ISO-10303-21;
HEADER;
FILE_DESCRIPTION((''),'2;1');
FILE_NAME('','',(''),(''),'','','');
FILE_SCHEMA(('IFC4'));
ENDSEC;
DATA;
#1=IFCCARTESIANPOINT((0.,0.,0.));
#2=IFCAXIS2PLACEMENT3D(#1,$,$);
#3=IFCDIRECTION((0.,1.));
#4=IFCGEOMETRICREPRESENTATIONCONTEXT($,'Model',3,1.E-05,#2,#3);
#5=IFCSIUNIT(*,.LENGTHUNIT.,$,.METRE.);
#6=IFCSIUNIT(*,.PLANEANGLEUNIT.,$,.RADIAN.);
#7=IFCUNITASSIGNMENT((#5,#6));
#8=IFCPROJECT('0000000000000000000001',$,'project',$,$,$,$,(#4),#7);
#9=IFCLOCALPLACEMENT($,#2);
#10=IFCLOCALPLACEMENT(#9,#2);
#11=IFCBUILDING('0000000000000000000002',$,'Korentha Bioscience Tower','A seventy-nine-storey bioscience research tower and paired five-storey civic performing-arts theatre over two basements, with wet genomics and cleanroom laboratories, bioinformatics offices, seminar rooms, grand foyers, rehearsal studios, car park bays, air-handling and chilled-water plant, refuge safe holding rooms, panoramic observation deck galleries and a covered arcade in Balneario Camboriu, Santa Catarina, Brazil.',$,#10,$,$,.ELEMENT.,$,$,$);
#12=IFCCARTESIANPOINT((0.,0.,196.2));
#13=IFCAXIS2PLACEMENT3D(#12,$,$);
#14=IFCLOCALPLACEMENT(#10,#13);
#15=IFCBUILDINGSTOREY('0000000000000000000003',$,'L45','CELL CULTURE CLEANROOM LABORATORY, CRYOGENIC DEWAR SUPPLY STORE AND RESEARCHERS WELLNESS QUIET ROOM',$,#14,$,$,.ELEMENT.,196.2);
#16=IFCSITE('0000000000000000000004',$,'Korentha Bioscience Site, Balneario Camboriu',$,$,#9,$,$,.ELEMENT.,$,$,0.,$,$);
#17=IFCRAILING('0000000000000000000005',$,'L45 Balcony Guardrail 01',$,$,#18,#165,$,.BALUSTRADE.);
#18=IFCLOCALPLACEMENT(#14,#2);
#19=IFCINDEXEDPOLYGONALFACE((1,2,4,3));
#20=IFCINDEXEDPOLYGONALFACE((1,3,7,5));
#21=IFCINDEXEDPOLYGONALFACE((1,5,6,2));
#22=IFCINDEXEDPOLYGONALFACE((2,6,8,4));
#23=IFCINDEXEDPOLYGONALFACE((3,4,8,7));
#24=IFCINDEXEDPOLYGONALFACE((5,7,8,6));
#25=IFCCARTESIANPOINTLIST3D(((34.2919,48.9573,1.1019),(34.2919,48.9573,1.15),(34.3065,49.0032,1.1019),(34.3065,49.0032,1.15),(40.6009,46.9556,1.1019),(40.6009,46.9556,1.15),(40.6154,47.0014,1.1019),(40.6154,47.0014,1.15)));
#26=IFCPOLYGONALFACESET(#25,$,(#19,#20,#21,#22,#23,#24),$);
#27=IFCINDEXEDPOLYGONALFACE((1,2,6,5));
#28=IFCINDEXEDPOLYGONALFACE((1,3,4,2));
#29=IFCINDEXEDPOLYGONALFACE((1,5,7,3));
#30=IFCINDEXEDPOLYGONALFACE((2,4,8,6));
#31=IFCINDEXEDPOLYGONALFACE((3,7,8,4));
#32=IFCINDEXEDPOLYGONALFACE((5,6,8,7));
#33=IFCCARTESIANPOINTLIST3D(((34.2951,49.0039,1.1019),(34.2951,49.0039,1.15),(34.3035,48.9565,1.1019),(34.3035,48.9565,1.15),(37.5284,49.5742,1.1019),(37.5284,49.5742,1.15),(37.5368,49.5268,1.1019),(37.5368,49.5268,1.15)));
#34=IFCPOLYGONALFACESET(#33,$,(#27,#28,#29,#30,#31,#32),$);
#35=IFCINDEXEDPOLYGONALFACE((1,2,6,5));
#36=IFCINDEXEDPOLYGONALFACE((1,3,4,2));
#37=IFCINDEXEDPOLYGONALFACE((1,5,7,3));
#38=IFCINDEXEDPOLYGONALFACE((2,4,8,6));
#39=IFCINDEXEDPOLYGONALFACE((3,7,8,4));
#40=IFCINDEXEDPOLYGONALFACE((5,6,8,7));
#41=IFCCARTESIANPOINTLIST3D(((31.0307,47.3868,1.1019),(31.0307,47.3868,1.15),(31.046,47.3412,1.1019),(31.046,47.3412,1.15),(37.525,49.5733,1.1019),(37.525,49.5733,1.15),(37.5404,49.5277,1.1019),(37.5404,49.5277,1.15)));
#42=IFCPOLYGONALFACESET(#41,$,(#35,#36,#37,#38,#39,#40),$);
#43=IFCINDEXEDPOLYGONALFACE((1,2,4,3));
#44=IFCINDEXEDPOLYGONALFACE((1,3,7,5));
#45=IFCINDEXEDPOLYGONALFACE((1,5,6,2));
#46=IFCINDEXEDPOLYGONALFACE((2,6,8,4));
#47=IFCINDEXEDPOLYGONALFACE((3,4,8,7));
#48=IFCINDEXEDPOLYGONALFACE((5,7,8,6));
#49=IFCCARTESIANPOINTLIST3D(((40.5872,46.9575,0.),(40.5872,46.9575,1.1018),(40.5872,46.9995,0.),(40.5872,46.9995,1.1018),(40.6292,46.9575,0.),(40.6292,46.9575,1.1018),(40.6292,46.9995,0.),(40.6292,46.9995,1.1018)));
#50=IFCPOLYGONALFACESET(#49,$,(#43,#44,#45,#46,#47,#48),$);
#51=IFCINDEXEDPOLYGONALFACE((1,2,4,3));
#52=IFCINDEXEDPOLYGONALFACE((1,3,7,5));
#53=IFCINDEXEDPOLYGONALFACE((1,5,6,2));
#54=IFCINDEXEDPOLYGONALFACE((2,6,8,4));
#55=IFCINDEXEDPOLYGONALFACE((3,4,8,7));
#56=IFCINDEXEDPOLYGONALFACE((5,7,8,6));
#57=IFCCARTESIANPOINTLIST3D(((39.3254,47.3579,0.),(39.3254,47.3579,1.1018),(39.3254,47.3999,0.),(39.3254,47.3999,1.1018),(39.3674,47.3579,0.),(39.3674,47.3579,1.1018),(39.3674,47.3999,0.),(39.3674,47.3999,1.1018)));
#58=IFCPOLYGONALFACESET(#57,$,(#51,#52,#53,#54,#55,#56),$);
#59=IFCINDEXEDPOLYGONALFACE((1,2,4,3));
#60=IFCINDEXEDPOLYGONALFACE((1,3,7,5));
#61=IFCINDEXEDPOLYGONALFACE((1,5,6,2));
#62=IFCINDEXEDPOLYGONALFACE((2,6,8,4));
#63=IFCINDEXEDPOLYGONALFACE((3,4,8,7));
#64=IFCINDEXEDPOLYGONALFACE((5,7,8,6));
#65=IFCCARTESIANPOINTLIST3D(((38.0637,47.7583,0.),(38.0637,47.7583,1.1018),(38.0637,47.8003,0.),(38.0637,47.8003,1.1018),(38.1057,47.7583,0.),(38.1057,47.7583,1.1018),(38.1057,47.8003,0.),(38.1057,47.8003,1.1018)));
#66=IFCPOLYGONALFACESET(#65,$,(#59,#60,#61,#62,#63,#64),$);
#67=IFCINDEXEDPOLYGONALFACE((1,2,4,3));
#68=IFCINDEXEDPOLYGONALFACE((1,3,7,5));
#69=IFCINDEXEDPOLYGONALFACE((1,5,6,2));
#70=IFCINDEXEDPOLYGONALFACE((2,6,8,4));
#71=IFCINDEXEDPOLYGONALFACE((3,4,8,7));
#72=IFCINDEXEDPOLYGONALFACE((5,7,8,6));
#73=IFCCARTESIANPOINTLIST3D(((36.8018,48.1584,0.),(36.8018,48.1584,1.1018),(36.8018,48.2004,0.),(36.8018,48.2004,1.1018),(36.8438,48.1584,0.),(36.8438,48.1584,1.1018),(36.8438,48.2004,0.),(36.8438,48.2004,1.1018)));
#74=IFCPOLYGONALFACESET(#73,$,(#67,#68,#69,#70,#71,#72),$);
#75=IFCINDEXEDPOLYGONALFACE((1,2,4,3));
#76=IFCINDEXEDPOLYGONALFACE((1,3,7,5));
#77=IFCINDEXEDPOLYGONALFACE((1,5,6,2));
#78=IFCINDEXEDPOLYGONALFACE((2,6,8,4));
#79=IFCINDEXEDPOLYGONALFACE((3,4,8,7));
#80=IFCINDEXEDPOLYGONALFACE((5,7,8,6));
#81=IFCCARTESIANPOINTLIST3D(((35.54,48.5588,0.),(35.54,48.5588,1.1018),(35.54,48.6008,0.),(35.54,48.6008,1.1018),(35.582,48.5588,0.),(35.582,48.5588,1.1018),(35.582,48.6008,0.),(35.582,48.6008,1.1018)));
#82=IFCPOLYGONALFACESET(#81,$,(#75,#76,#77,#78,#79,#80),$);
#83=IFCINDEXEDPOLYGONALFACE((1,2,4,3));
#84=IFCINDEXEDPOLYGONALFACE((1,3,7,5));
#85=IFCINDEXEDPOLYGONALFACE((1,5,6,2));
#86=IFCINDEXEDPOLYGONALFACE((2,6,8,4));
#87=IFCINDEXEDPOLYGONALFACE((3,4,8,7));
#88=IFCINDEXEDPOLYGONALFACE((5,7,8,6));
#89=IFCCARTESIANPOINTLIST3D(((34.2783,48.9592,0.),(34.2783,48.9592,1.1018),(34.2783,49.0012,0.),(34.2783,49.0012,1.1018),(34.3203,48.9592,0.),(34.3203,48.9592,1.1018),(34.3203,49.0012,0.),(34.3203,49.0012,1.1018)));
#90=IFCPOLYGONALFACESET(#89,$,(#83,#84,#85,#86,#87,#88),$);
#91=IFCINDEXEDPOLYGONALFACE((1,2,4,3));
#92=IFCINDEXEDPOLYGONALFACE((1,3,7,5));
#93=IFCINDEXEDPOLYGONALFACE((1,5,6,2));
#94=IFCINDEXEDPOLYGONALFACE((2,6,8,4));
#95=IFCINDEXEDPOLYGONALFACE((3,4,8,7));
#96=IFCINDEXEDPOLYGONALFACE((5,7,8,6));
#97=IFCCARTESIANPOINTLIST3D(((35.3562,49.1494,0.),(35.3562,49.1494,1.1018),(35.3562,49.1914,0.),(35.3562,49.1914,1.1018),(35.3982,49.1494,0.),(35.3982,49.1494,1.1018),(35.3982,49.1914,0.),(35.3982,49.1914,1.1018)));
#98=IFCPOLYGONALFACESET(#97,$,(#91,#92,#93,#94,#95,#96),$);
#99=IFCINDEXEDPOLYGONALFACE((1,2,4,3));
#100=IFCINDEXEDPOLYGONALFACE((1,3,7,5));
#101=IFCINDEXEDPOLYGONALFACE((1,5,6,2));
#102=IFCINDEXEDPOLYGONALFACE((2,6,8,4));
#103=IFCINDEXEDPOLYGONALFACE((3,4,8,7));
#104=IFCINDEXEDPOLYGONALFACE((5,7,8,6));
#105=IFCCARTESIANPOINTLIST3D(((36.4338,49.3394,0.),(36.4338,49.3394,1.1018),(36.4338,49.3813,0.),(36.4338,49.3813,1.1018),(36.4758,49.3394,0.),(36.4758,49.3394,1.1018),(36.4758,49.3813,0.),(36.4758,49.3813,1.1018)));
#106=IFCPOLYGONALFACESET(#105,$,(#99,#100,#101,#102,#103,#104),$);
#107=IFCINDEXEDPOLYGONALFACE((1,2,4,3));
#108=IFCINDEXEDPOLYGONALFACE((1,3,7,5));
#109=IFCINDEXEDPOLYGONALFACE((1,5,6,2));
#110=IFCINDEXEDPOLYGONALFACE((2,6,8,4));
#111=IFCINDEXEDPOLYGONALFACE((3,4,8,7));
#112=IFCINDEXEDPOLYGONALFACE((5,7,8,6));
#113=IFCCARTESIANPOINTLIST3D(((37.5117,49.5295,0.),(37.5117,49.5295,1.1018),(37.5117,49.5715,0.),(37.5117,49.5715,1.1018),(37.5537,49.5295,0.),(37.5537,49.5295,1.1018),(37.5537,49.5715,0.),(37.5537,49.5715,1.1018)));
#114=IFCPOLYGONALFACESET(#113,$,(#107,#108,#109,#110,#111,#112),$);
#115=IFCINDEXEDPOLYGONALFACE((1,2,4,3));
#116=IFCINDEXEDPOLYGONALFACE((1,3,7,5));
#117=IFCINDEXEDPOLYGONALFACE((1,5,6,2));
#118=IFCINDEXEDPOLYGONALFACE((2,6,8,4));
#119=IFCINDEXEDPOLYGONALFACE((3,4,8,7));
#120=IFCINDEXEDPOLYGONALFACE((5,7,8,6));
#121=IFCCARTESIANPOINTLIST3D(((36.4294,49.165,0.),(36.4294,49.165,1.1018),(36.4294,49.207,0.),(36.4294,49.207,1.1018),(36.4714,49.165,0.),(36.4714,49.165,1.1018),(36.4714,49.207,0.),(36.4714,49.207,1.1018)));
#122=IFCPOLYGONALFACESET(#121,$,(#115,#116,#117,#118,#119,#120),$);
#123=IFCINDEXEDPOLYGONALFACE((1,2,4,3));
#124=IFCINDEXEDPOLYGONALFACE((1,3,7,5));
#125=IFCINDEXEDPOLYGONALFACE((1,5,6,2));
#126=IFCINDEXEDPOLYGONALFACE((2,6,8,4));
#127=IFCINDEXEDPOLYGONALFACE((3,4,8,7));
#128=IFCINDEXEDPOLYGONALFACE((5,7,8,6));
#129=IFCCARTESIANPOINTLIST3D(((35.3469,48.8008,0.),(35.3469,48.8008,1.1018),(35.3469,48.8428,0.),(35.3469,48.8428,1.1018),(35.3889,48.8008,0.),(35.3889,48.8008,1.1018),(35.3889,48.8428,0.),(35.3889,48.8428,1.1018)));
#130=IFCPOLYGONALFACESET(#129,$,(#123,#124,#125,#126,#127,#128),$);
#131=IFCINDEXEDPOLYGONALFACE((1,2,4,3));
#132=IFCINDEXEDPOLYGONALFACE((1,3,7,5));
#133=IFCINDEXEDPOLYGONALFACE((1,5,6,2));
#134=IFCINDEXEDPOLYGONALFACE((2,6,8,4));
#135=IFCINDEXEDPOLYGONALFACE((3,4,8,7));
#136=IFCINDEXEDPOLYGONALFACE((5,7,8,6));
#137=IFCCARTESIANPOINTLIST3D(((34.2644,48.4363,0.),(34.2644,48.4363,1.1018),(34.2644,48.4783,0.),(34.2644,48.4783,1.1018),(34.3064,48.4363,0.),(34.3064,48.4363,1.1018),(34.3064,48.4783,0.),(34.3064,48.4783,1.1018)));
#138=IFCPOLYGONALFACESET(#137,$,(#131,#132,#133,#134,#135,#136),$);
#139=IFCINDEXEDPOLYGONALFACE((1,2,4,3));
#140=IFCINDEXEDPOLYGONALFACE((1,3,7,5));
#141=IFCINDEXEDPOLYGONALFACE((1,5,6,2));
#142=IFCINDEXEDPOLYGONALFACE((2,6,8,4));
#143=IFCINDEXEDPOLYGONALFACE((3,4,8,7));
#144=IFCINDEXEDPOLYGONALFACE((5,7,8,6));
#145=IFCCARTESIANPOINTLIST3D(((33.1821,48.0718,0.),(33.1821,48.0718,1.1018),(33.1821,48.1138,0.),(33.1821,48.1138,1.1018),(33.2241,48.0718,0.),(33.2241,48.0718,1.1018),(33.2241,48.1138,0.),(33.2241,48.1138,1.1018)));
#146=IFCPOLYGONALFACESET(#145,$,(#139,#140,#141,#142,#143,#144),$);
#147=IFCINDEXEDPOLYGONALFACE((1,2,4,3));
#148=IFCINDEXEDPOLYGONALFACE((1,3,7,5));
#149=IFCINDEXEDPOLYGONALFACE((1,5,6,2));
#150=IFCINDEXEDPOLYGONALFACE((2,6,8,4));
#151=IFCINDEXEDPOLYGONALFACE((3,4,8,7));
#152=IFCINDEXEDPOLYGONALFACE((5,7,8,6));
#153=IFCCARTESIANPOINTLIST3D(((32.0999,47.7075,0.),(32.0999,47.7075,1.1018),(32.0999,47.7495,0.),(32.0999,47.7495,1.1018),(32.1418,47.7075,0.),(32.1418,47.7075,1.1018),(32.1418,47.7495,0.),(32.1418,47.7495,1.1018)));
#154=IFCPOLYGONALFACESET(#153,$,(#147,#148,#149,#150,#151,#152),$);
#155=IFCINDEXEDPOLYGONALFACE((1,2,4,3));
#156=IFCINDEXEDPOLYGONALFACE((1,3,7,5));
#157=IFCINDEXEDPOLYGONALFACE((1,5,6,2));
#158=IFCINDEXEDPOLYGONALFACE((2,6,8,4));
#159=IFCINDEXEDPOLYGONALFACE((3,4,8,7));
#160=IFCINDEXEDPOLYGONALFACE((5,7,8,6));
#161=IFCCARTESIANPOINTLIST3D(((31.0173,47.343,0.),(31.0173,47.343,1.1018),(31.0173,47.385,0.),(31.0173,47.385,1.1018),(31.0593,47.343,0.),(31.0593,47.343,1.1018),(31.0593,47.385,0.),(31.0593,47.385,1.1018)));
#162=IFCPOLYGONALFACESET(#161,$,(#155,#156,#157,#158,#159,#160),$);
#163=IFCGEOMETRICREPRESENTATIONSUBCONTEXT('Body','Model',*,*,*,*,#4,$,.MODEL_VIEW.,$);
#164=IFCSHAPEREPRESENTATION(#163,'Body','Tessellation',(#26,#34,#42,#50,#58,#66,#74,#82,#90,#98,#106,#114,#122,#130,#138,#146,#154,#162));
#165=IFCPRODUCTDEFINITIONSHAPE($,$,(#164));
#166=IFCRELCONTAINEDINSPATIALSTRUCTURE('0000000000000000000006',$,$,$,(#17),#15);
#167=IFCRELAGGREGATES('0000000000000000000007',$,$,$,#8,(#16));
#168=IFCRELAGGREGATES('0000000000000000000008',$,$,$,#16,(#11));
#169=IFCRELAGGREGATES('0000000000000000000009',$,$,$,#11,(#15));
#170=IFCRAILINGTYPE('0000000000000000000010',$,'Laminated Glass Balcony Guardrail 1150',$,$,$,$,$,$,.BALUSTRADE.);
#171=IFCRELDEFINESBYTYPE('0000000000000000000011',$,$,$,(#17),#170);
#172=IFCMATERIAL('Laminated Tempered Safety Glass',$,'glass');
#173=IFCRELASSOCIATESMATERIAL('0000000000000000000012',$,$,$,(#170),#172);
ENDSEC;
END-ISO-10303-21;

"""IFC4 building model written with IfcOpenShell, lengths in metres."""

from ifc_helpers import new_model, si_unit, direction, frame, origin, origin_2d, place, context, subcontext, project, spatial, rectangle, extrude, material, type_object, element, save


model = new_model("IFC4")

# Units and contexts
model_context = context("Model", 3, precision=1e-05, world=origin(), true_north=direction((0.0, 1.0)))
body_context = subcontext(model_context, "Body", "Model", "MODEL_VIEW")
ifc_project = project(units=[si_unit("LENGTHUNIT", "METRE"), si_unit("PLANEANGLEUNIT", "RADIAN")], contexts=[model_context])

# Site, building, storey
site_placement = place(None, origin())
site = spatial("IfcSite", under=ifc_project, at=site_placement, Name="Korentha Bioscience Site, Balneario Camboriu", CompositionType="ELEMENT", RefElevation=0.0)
building_placement = place(site_placement, origin())
building = spatial("IfcBuilding", under=site, at=building_placement, Name="Korentha Bioscience Tower", Description="A seventy-nine-storey bioscience research tower and paired five-storey civic performing-arts theatre over two basements, with wet genomics and cleanroom laboratories, bioinformatics offices, seminar rooms, grand foyers, rehearsal studios, car park bays, air-handling and chilled-water plant, refuge safe holding rooms, panoramic observation deck galleries and a covered arcade in Balneario Camboriu, Santa Catarina, Brazil.", CompositionType="ELEMENT")
storey_placement = place(building_placement, frame((0.0, 0.0, 196.2)))
storey = spatial("IfcBuildingStorey", under=building, at=storey_placement, Name="L45", Description="CELL CULTURE CLEANROOM LABORATORY, CRYOGENIC DEWAR SUPPLY STORE AND RESEARCHERS WELLNESS QUIET ROOM", CompositionType="ELEMENT", Elevation=196.2)

# Railing
ifc_material_1 = material(Name="Laminated Tempered Safety Glass", Category="glass")
railing_type = type_object("IfcRailingType", Name="Laminated Glass Balcony Guardrail 1150", PredefinedType="BALUSTRADE", material=ifc_material_1)
railing_placement = place(storey_placement, frame((40.6082, 46.9785, 0.0)))
element("IfcRailing", 1, at=railing_placement, inside=storey, type_object=railing_type, Name="L45 Balcony Guardrail 01", PredefinedType="BALUSTRADE", context=body_context, shape_type="SweptSolid", body=[
    extrude(rectangle(XDim=0.0481, YDim=0.0481, at=origin_2d()), frame((0.0, 0.0, 1.126), z_axis=(-0.953172, 0.302429, 0.0), x_axis=(-0.302429, -0.953172, 0.0)), (0.0, 0.0, 1.0), 6.6189),
    extrude(rectangle(XDim=0.0481, YDim=0.0481, at=origin_2d()), frame((-6.3088, 2.0017, 1.126), z_axis=(0.984799, 0.1737, 0.0), x_axis=(-0.1737, 0.984799, 0.0)), (0.0, 0.0, 1.0), 3.2832),
    extrude(rectangle(XDim=0.0481, YDim=0.0481, at=origin_2d()), frame((-3.0754, 2.572, 1.126), z_axis=(-0.947728, -0.31908, 0.0), x_axis=(0.31908, -0.947728, 0.0)), (0.0, 0.0, 1.0), 6.8525),
    extrude(rectangle(XDim=0.042, YDim=0.042, at=origin_2d()), origin(), (0.0, 0.0, 1.0), 1.1018),
    extrude(rectangle(XDim=0.042, YDim=0.042, at=origin_2d()), frame((-1.2617, 0.4004, 0.0)), (0.0, 0.0, 1.0), 1.1018),
    extrude(rectangle(XDim=0.042, YDim=0.042, at=origin_2d()), frame((-2.5234, 0.8008, 0.0)), (0.0, 0.0, 1.0), 1.1018),
    extrude(rectangle(XDim=0.042, YDim=0.042, at=origin_2d()), frame((-3.7854, 1.2009, 0.0)), (0.0, 0.0, 1.0), 1.1018),
    extrude(rectangle(XDim=0.042, YDim=0.042, at=origin_2d()), frame((-5.0471, 1.6013, 0.0)), (0.0, 0.0, 1.0), 1.1018),
    extrude(rectangle(XDim=0.042, YDim=0.042, at=origin_2d()), frame((-6.3088, 2.0017, 0.0)), (0.0, 0.0, 1.0), 1.1018),
    extrude(rectangle(XDim=0.042, YDim=0.042, at=origin_2d()), frame((-5.231, 2.1919, 0.0)), (0.0, 0.0, 1.0), 1.1018),
    extrude(rectangle(XDim=0.042, YDim=0.042, at=origin_2d()), frame((-4.1533, 2.3818, 0.0)), (0.0, 0.0, 1.0), 1.1018),
    extrude(rectangle(XDim=0.042, YDim=0.042, at=origin_2d()), frame((-3.0754, 2.572, 0.0)), (0.0, 0.0, 1.0), 1.1018),
    extrude(rectangle(XDim=0.042, YDim=0.042, at=origin_2d()), frame((-4.1577, 2.2075, 0.0)), (0.0, 0.0, 1.0), 1.1018),
    extrude(rectangle(XDim=0.042, YDim=0.042, at=origin_2d()), frame((-5.2402, 1.8433, 0.0)), (0.0, 0.0, 1.0), 1.1018),
    extrude(rectangle(XDim=0.042, YDim=0.042, at=origin_2d()), frame((-6.3228, 1.4788, 0.0)), (0.0, 0.0, 1.0), 1.1018),
    extrude(rectangle(XDim=0.042, YDim=0.042, at=origin_2d()), frame((-7.405, 1.1143, 0.0)), (0.0, 0.0, 1.0), 1.1018),
    extrude(rectangle(XDim=0.042, YDim=0.042, at=origin_2d()), frame((-8.4873, 0.75, 0.0)), (0.0, 0.0, 1.0), 1.1018),
    extrude(rectangle(XDim=0.042, YDim=0.042, at=origin_2d()), frame((-9.5698, 0.3855, 0.0)), (0.0, 0.0, 1.0), 1.1018),
])

save(model, "model.ifc")
